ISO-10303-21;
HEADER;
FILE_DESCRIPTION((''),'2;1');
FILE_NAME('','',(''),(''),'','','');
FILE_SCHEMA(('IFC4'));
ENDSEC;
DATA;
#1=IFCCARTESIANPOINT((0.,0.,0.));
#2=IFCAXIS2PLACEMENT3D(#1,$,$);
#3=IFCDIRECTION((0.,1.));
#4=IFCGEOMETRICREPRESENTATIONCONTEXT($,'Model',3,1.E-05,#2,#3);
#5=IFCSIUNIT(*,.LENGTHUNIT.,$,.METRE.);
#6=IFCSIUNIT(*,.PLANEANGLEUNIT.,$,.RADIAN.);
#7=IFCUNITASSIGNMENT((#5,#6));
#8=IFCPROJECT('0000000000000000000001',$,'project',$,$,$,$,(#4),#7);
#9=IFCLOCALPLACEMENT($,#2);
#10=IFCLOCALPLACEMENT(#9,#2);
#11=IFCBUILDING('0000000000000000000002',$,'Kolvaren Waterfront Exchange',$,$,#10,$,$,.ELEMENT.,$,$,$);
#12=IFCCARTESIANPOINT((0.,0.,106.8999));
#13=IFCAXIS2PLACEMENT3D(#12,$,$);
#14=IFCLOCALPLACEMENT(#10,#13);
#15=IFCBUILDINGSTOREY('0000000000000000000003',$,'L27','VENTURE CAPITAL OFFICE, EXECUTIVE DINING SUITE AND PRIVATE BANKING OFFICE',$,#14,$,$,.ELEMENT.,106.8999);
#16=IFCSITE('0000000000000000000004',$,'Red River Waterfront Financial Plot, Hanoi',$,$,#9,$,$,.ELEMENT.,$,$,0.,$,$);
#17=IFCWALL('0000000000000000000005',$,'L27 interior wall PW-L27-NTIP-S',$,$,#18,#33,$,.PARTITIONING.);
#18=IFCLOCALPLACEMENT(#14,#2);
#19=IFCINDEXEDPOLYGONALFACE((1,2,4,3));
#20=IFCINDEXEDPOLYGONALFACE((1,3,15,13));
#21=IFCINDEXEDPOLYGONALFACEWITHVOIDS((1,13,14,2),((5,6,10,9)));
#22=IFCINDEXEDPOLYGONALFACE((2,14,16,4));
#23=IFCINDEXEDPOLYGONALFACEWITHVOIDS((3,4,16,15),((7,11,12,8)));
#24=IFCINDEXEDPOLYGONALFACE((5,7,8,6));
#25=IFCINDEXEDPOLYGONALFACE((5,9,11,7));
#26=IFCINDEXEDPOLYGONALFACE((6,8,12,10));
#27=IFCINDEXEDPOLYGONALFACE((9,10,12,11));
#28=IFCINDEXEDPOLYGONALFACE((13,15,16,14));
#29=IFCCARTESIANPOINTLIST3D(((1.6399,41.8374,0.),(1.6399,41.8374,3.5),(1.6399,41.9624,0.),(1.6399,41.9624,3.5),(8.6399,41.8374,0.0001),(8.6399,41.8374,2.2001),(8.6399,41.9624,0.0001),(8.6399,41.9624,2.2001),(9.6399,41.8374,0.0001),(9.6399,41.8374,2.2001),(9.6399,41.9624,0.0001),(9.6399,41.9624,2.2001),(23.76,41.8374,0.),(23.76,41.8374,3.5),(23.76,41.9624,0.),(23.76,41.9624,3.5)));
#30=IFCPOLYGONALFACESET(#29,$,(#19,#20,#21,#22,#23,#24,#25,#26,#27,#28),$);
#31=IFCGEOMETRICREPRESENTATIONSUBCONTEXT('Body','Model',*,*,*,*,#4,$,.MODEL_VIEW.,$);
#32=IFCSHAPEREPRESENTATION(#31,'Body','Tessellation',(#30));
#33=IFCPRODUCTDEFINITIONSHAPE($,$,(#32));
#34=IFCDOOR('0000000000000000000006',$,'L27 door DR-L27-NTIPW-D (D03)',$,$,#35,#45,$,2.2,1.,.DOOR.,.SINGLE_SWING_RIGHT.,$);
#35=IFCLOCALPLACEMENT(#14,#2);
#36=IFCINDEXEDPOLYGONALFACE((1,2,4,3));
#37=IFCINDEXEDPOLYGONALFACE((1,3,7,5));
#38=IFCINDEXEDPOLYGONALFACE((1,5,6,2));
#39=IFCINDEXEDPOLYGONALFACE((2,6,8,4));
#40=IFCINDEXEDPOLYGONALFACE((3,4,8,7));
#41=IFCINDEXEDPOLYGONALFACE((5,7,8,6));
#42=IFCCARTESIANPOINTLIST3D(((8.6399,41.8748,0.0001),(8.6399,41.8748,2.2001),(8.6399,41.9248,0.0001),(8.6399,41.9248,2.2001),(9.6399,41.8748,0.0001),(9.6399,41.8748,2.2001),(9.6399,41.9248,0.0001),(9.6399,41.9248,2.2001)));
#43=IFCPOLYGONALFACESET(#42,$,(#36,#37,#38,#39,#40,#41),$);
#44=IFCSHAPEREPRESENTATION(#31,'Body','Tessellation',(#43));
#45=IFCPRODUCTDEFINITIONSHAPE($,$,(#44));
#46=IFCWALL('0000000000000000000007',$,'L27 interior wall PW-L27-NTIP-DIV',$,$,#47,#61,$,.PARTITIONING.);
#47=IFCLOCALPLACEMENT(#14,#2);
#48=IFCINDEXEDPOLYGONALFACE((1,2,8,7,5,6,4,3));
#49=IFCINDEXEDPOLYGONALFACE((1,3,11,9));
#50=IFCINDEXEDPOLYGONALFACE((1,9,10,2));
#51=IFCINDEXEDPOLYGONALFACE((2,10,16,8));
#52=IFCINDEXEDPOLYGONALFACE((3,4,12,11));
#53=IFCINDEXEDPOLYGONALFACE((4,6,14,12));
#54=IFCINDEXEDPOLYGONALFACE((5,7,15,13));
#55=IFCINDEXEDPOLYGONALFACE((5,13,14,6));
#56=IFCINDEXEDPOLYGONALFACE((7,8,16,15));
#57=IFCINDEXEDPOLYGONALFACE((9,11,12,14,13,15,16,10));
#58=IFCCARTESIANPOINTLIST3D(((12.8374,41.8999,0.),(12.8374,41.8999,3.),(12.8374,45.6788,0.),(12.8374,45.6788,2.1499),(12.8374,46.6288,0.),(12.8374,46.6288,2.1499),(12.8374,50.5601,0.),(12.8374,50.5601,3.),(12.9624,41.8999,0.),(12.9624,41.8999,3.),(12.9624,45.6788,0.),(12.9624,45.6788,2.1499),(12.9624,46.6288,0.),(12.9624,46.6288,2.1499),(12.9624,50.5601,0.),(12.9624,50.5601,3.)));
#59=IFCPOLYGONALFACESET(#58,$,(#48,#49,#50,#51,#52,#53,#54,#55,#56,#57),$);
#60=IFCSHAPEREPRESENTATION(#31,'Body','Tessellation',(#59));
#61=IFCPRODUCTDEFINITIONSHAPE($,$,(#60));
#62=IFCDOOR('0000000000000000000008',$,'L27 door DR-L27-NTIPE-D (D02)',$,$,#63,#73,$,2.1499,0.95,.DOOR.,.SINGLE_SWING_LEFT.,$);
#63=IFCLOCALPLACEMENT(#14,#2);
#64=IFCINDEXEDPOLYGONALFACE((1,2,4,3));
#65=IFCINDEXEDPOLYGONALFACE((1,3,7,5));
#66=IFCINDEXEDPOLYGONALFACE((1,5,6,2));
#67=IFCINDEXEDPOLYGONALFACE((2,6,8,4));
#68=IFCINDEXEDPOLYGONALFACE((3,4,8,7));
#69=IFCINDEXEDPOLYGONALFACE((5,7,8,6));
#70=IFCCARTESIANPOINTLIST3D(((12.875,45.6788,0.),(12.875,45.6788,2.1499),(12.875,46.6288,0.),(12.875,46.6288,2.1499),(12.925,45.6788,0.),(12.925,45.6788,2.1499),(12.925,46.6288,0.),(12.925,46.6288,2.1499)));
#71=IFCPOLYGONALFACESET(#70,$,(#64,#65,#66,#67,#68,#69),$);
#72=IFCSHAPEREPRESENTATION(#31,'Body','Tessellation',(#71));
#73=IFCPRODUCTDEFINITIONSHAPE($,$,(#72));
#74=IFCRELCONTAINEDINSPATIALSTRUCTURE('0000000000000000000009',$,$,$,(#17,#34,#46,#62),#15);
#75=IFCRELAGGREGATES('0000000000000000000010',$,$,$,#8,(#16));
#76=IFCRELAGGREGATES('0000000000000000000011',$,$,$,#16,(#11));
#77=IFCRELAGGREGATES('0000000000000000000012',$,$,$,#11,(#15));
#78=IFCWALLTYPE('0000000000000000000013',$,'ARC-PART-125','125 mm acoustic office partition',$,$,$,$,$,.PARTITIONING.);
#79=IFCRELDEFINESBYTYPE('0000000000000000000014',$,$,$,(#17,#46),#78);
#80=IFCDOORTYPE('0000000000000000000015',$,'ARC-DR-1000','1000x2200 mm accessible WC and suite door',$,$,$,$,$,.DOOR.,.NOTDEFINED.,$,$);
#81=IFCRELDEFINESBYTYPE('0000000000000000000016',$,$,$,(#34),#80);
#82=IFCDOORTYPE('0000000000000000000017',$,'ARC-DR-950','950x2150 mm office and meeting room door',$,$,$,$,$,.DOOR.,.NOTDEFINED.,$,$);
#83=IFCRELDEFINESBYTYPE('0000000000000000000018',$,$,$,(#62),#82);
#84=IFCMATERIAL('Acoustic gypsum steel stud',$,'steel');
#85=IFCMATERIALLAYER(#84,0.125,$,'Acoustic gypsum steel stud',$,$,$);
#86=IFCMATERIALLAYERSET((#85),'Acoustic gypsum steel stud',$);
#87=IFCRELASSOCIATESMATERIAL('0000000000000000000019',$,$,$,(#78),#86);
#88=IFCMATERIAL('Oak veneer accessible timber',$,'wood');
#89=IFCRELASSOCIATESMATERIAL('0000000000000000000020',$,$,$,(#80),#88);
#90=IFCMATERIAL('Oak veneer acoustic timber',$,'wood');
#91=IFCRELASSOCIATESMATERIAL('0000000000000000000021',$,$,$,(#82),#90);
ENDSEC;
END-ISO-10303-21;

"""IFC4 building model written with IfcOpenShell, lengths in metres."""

from ifc_helpers import new_model, si_unit, direction, frame, frame_2d, origin, place, context, subcontext, project, spatial, rectangle, extrude, material, layer, layer_set, type_object, element, fill, save


model = new_model("IFC4")

# Units and contexts
model_context = context("Model", 3, precision=1e-05, world=origin(), true_north=direction((0.0, 1.0)))
body_context = subcontext(model_context, "Body", "Model", "MODEL_VIEW")
ifc_project = project(units=[si_unit("LENGTHUNIT", "METRE"), si_unit("PLANEANGLEUNIT", "RADIAN")], contexts=[model_context])

# Site, building, storey
site_placement = place(None, origin())
site = spatial("IfcSite", under=ifc_project, at=site_placement, Name="Red River Waterfront Financial Plot, Hanoi", CompositionType="ELEMENT", RefElevation=0.0)
building_placement = place(site_placement, origin())
building = spatial("IfcBuilding", under=site, at=building_placement, Name="Kolvaren Waterfront Exchange", CompositionType="ELEMENT")
storey_placement = place(building_placement, frame((0.0, 0.0, 106.8999)))
storey = spatial("IfcBuildingStorey", under=building, at=storey_placement, Name="L27", Description="VENTURE CAPITAL OFFICE, EXECUTIVE DINING SUITE AND PRIVATE BANKING OFFICE", CompositionType="ELEMENT", Elevation=106.8999)

# Walls, openings, doors
ifc_material_1 = material(Name="Acoustic gypsum steel stud", Category="steel")
ifc_layer_1 = layer(ifc_material_1, 0.125, Name="Acoustic gypsum steel stud")
ifc_layer_set_1 = layer_set([ifc_layer_1], Name="Acoustic gypsum steel stud")
wall_type_1 = type_object("IfcWallType", Name="ARC-PART-125", Description="125 mm acoustic office partition", PredefinedType="PARTITIONING", material=ifc_layer_set_1)
wall_1_placement = place(storey_placement, frame((1.6399, 41.8999, 0.0), z_axis=(0.0, 0.0, 1.0), x_axis=(1.0, 0.0, 0.0)))
wall_1 = element("IfcWall", 1, at=wall_1_placement, inside=storey, type_object=wall_type_1, Name="L27 interior wall PW-L27-NTIP-S", PredefinedType="PARTITIONING", context=body_context, shape_type="SweptSolid", body=[
    extrude(rectangle(XDim=22.1201, YDim=0.125, at=frame_2d((11.0601, 0.0))), origin(), (0.0, 0.0, 1.0), 3.5),
])
opening_1_placement = place(wall_1_placement, frame((7.0, 0.0, 0.0)))
opening_1 = element("IfcOpeningElement", 2, at=opening_1_placement, cuts=wall_1, PredefinedType="OPENING", context=body_context, shape_type="SweptSolid", body=[
    extrude(rectangle(XDim=1.0, YDim=2.2, at=frame_2d((0.5, 1.1001))), frame((0.0, 0.0725, 0.0), z_axis=(0.0, -1.0, 0.0), x_axis=(1.0, 0.0, 0.0)), (0.0, 0.0, 1.0), 0.145),
])
ifc_material_2 = material(Name="Oak veneer accessible timber", Category="wood")
door_type_1 = type_object("IfcDoorType", Name="ARC-DR-1000", Description="1000x2200 mm accessible WC and suite door", OperationType="NOTDEFINED", PredefinedType="DOOR", material=ifc_material_2)
door_1_placement = place(opening_1_placement, origin())
door_1 = element("IfcDoor", 3, at=door_1_placement, inside=storey, type_object=door_type_1, Name="L27 door DR-L27-NTIPW-D (D03)", OperationType="SINGLE_SWING_RIGHT", OverallHeight=2.2, OverallWidth=1.0, PredefinedType="DOOR", context=body_context, shape_type="SweptSolid", body=[
    extrude(rectangle(XDim=1.0, YDim=2.2, at=frame_2d((0.5, 1.1001))), frame((0.0, 0.0249, 0.0), z_axis=(0.0, -1.0, 0.0), x_axis=(1.0, 0.0, 0.0)), (0.0, 0.0, 1.0), 0.05),
])
fill(opening_1, door_1)
wall_2_placement = place(storey_placement, frame((12.8999, 41.8999, 0.0), z_axis=(0.0, 0.0, 1.0), x_axis=(0.0, 1.0, 0.0)))
wall_2 = element("IfcWall", 4, at=wall_2_placement, inside=storey, type_object=wall_type_1, Name="L27 interior wall PW-L27-NTIP-DIV", PredefinedType="PARTITIONING", context=body_context, shape_type="SweptSolid", body=[
    extrude(rectangle(XDim=8.6602, YDim=0.125, at=frame_2d((4.3301, 0.0))), origin(), (0.0, 0.0, 1.0), 3.0),
])
opening_2_placement = place(wall_2_placement, frame((3.7788, 0.0, 0.0)))
opening_2 = element("IfcOpeningElement", 5, at=opening_2_placement, cuts=wall_2, PredefinedType="OPENING", context=body_context, shape_type="SweptSolid", body=[
    extrude(rectangle(XDim=0.95, YDim=2.1499, at=frame_2d((0.4751, 1.075))), frame((0.0, 0.0725, 0.0), z_axis=(0.0, -1.0, 0.0), x_axis=(1.0, 0.0, 0.0)), (0.0, 0.0, 1.0), 0.145),
])
ifc_material_3 = material(Name="Oak veneer acoustic timber", Category="wood")
door_type_2 = type_object("IfcDoorType", Name="ARC-DR-950", Description="950x2150 mm office and meeting room door", OperationType="NOTDEFINED", PredefinedType="DOOR", material=ifc_material_3)
door_2_placement = place(opening_2_placement, origin())
door_2 = element("IfcDoor", 6, at=door_2_placement, inside=storey, type_object=door_type_2, Name="L27 door DR-L27-NTIPE-D (D02)", OperationType="SINGLE_SWING_LEFT", OverallHeight=2.1499, OverallWidth=0.95, PredefinedType="DOOR", context=body_context, shape_type="SweptSolid", body=[
    extrude(rectangle(XDim=0.95, YDim=2.1499, at=frame_2d((0.4751, 1.075))), frame((0.0, 0.0249, 0.0), z_axis=(0.0, -1.0, 0.0), x_axis=(1.0, 0.0, 0.0)), (0.0, 0.0, 1.0), 0.05),
])
fill(opening_2, door_2)

save(model, "model.ifc")
